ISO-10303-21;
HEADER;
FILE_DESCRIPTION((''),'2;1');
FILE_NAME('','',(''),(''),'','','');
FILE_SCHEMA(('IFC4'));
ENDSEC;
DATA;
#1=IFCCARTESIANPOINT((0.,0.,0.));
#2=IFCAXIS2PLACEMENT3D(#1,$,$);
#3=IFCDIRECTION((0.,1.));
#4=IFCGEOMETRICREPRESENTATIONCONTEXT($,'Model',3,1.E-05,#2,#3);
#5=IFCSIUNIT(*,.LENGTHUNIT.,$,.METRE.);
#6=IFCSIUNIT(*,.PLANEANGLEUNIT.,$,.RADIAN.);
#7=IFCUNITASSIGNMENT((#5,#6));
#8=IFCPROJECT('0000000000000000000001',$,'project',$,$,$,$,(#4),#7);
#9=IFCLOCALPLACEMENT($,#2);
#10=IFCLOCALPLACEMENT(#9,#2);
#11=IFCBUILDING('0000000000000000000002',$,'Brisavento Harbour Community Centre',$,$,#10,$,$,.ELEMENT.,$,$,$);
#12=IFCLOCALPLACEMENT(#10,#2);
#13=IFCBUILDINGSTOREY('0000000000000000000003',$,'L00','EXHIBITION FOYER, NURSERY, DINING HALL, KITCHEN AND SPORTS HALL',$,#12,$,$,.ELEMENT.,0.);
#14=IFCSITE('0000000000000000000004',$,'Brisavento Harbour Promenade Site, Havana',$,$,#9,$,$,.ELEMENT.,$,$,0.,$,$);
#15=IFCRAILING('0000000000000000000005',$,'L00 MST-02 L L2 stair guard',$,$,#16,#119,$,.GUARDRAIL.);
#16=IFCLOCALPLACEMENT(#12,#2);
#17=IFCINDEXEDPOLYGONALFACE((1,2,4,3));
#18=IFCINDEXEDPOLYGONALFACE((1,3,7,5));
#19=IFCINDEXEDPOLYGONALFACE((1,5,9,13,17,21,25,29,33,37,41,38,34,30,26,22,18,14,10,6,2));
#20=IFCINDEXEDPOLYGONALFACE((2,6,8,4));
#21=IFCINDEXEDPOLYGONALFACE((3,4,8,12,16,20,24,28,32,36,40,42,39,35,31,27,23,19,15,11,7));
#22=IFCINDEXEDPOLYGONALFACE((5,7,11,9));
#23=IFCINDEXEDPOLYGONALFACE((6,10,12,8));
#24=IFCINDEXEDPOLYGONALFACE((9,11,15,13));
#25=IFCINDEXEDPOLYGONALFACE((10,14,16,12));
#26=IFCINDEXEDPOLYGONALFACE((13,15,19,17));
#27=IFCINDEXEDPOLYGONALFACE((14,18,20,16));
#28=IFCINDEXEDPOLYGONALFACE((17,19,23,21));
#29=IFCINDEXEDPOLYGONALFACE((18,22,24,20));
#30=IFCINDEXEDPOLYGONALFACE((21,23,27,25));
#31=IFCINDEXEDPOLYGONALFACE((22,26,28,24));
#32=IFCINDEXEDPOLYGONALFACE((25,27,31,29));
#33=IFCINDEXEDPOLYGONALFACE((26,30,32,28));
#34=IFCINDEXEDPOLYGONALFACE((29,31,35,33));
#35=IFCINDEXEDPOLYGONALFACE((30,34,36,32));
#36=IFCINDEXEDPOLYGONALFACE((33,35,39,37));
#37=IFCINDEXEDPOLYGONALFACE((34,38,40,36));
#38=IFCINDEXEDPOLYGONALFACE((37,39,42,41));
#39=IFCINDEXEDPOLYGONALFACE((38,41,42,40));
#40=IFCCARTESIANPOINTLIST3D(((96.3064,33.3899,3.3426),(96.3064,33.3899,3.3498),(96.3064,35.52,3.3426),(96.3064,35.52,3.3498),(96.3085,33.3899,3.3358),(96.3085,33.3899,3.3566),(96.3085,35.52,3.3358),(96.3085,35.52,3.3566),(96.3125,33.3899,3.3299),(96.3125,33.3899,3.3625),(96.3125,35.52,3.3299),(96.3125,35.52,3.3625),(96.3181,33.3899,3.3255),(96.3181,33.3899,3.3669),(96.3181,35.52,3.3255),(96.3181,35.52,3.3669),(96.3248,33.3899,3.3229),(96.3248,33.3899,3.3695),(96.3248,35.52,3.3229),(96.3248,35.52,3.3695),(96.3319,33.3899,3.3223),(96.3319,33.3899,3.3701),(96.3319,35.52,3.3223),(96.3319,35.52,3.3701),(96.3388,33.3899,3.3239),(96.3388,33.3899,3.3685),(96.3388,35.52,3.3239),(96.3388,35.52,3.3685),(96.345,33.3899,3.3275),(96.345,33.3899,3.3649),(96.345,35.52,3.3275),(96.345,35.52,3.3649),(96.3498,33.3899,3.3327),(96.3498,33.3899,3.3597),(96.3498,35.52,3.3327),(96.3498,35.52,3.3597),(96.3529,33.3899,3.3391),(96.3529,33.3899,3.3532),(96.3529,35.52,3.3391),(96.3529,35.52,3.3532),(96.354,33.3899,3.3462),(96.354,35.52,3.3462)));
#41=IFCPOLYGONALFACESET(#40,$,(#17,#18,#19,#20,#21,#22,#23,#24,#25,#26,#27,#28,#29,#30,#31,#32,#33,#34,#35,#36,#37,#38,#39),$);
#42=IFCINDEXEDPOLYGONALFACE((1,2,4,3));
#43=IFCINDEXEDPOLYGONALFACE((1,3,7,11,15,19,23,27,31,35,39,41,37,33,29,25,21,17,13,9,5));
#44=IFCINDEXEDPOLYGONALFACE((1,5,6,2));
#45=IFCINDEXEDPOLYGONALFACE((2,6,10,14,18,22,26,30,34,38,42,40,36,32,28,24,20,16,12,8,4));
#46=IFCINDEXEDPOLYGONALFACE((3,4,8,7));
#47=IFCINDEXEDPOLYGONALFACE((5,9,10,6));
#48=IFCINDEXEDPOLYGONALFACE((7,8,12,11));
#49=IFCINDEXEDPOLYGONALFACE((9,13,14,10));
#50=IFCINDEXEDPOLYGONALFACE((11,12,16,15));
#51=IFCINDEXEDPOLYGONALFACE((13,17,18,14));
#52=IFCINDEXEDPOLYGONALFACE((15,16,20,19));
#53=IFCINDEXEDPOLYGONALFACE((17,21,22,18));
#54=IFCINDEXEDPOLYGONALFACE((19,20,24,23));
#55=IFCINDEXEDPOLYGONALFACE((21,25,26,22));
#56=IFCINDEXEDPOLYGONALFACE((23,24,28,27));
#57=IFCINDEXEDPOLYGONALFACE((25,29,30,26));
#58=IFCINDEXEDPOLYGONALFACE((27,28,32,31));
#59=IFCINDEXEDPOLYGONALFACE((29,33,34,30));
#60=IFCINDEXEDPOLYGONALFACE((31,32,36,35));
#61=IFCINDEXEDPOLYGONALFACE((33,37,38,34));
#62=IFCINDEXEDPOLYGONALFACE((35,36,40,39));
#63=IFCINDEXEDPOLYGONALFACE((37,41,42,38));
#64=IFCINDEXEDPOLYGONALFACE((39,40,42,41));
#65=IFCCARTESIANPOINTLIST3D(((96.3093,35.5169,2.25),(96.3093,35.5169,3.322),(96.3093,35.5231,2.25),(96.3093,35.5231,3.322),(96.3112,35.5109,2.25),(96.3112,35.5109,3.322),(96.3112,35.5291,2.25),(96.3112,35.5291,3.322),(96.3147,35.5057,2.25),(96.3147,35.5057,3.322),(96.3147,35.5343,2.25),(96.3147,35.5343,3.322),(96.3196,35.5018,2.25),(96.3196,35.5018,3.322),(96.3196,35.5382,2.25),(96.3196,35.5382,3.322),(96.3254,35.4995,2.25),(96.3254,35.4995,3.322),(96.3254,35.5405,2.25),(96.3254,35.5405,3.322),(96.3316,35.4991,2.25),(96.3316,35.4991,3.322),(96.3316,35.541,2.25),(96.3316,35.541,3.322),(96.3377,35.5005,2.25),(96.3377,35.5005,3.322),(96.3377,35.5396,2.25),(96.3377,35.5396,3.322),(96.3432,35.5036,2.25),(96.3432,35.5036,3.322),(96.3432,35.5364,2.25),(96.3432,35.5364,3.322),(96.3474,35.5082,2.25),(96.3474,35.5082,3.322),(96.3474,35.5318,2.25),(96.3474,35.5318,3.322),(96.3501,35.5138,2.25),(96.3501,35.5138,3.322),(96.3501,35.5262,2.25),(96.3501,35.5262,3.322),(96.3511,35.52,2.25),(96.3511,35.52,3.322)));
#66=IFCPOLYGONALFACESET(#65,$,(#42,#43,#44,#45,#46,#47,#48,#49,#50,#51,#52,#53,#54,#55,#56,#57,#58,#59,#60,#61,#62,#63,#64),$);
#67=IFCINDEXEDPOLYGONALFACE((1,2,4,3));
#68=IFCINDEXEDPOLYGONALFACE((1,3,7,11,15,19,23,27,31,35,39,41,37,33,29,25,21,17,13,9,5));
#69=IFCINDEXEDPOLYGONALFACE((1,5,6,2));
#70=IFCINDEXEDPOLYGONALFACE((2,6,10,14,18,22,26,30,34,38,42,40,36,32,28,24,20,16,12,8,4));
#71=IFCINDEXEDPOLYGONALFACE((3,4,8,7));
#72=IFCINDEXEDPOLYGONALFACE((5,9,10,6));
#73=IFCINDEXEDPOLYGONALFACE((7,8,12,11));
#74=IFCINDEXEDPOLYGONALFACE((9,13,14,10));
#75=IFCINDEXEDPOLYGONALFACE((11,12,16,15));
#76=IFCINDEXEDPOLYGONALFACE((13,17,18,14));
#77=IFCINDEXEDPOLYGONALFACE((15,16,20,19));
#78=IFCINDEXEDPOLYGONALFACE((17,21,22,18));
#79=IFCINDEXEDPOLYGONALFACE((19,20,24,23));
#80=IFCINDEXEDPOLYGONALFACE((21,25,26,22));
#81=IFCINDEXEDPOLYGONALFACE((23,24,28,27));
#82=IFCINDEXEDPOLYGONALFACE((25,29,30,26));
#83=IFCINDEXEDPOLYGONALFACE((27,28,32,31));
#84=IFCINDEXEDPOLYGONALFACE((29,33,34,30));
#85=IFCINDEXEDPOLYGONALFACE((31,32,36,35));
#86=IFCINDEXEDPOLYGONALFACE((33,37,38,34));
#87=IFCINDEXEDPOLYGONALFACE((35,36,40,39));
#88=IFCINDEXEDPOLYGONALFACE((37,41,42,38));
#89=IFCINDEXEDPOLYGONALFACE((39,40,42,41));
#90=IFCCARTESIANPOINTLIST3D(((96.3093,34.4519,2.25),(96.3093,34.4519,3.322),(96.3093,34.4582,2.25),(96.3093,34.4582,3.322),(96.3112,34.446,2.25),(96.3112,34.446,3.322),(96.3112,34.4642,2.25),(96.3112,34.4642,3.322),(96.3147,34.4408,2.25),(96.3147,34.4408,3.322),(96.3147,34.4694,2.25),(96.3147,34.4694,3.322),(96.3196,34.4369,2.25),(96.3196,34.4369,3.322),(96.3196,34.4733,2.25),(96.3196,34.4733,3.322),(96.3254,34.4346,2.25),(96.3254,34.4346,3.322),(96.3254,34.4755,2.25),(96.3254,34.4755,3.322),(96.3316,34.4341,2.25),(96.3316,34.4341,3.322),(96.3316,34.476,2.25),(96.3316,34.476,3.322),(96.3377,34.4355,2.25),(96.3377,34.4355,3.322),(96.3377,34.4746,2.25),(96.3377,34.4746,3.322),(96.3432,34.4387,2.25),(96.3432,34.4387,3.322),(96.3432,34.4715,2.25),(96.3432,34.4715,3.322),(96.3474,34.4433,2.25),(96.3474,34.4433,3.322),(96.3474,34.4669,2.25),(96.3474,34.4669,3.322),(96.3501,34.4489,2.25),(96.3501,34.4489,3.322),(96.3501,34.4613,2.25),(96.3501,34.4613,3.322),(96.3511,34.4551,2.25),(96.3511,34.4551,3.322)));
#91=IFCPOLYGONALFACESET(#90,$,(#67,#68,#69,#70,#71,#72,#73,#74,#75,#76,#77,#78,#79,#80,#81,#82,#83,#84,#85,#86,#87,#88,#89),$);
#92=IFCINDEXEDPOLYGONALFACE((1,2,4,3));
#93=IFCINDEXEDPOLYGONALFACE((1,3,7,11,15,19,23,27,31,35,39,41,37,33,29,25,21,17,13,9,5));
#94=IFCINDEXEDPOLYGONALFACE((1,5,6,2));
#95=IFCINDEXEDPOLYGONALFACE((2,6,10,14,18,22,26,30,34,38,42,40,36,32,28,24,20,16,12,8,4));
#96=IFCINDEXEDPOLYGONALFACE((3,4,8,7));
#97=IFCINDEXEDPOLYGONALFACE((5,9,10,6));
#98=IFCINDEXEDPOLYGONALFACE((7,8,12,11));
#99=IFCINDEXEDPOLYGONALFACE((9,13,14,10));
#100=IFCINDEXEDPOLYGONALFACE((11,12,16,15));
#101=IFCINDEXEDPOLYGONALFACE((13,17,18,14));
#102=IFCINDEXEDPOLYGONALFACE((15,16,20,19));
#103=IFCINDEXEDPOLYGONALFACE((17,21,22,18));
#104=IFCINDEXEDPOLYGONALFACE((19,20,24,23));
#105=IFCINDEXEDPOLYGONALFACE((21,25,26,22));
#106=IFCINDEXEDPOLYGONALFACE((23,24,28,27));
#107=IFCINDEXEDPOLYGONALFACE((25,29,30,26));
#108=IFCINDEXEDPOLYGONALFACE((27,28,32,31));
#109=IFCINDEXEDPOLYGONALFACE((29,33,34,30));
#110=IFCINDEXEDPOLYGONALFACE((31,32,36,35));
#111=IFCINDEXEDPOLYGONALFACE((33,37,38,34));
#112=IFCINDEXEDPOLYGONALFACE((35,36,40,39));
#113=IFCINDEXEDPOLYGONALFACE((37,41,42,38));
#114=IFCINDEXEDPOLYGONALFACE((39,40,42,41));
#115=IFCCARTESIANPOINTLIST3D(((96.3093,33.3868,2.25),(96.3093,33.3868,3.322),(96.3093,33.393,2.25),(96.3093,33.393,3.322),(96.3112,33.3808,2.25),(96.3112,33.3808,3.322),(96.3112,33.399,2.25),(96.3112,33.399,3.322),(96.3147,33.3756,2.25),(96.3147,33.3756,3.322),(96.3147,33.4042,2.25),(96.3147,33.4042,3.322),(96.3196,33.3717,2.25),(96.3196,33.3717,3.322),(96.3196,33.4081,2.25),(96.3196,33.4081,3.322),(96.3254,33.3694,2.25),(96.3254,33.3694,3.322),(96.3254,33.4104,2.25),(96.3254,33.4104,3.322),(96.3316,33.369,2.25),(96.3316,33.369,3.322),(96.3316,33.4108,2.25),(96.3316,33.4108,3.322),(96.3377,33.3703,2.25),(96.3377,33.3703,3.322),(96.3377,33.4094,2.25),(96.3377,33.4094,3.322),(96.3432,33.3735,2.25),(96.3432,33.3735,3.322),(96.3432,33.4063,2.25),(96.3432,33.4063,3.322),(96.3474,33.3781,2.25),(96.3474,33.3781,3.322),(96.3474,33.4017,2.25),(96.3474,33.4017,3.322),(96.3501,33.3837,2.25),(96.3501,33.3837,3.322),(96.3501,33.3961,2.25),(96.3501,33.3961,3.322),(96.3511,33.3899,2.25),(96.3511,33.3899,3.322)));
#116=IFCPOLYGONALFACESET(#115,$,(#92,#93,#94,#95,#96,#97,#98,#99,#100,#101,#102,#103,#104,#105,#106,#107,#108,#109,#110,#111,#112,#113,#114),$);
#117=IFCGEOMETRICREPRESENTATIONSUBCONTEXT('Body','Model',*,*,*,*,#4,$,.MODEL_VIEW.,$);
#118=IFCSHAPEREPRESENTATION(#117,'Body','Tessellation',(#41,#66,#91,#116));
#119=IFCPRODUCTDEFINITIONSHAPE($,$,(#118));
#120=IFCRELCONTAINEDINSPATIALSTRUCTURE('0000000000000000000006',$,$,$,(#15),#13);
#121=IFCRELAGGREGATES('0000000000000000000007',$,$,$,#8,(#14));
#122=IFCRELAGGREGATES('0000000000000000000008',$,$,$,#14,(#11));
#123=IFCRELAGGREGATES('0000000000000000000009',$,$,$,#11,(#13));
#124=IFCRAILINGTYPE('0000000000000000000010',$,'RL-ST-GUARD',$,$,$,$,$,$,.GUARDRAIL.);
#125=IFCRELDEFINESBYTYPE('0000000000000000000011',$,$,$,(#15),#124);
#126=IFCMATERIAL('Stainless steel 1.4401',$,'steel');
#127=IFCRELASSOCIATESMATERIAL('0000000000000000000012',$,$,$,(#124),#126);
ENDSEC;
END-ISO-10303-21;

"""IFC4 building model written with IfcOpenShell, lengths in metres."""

from ifc_helpers import new_model, si_unit, direction, frame, origin, origin_2d, place, context, subcontext, project, spatial, circle, extrude, material, type_object, element, save


model = new_model("IFC4")

# Units and contexts
model_context = context("Model", 3, precision=1e-05, world=origin(), true_north=direction((0.0, 1.0)))
body_context = subcontext(model_context, "Body", "Model", "MODEL_VIEW")
ifc_project = project(units=[si_unit("LENGTHUNIT", "METRE"), si_unit("PLANEANGLEUNIT", "RADIAN")], contexts=[model_context])

# Site, building, storey
site_placement = place(None, origin())
site = spatial("IfcSite", under=ifc_project, at=site_placement, Name="Brisavento Harbour Promenade Site, Havana", CompositionType="ELEMENT", RefElevation=0.0)
building_placement = place(site_placement, origin())
building = spatial("IfcBuilding", under=site, at=building_placement, Name="Brisavento Harbour Community Centre", CompositionType="ELEMENT")
storey_placement = place(building_placement, origin())
storey = spatial("IfcBuildingStorey", under=building, at=storey_placement, Name="L00", Description="EXHIBITION FOYER, NURSERY, DINING HALL, KITCHEN AND SPORTS HALL", CompositionType="ELEMENT", Elevation=0.0)

# Railing
ifc_material_1 = material(Name="Stainless steel 1.4401", Category="steel")
railing_type = type_object("IfcRailingType", Name="RL-ST-GUARD", PredefinedType="GUARDRAIL", material=ifc_material_1)
railing_1_placement = place(storey_placement, frame((96.3301, 35.52, 2.25)))
element("IfcRailing", 1, at=railing_1_placement, inside=storey, type_object=railing_type, Name="L00 MST-02 L L2 stair guard", PredefinedType="GUARDRAIL", context=body_context, shape_type="SweptSolid", body=[
    extrude(circle(Radius=0.0239, at=origin_2d()), frame((0.0, 0.0, 1.0962), z_axis=(0.0, -1.0, 0.0), x_axis=(1.0, 0.0, 0.0)), (0.0, 0.0, 1.0), 2.1301),
    extrude(circle(Radius=0.021, at=origin_2d()), origin(), (0.0, 0.0, 1.0), 1.072),
    extrude(circle(Radius=0.021, at=origin_2d()), frame((0.0, -1.0649, 0.0)), (0.0, 0.0, 1.0), 1.072),
    extrude(circle(Radius=0.021, at=origin_2d()), frame((0.0, -2.1301, 0.0)), (0.0, 0.0, 1.0), 1.072),
])

save(model, "model.ifc")
